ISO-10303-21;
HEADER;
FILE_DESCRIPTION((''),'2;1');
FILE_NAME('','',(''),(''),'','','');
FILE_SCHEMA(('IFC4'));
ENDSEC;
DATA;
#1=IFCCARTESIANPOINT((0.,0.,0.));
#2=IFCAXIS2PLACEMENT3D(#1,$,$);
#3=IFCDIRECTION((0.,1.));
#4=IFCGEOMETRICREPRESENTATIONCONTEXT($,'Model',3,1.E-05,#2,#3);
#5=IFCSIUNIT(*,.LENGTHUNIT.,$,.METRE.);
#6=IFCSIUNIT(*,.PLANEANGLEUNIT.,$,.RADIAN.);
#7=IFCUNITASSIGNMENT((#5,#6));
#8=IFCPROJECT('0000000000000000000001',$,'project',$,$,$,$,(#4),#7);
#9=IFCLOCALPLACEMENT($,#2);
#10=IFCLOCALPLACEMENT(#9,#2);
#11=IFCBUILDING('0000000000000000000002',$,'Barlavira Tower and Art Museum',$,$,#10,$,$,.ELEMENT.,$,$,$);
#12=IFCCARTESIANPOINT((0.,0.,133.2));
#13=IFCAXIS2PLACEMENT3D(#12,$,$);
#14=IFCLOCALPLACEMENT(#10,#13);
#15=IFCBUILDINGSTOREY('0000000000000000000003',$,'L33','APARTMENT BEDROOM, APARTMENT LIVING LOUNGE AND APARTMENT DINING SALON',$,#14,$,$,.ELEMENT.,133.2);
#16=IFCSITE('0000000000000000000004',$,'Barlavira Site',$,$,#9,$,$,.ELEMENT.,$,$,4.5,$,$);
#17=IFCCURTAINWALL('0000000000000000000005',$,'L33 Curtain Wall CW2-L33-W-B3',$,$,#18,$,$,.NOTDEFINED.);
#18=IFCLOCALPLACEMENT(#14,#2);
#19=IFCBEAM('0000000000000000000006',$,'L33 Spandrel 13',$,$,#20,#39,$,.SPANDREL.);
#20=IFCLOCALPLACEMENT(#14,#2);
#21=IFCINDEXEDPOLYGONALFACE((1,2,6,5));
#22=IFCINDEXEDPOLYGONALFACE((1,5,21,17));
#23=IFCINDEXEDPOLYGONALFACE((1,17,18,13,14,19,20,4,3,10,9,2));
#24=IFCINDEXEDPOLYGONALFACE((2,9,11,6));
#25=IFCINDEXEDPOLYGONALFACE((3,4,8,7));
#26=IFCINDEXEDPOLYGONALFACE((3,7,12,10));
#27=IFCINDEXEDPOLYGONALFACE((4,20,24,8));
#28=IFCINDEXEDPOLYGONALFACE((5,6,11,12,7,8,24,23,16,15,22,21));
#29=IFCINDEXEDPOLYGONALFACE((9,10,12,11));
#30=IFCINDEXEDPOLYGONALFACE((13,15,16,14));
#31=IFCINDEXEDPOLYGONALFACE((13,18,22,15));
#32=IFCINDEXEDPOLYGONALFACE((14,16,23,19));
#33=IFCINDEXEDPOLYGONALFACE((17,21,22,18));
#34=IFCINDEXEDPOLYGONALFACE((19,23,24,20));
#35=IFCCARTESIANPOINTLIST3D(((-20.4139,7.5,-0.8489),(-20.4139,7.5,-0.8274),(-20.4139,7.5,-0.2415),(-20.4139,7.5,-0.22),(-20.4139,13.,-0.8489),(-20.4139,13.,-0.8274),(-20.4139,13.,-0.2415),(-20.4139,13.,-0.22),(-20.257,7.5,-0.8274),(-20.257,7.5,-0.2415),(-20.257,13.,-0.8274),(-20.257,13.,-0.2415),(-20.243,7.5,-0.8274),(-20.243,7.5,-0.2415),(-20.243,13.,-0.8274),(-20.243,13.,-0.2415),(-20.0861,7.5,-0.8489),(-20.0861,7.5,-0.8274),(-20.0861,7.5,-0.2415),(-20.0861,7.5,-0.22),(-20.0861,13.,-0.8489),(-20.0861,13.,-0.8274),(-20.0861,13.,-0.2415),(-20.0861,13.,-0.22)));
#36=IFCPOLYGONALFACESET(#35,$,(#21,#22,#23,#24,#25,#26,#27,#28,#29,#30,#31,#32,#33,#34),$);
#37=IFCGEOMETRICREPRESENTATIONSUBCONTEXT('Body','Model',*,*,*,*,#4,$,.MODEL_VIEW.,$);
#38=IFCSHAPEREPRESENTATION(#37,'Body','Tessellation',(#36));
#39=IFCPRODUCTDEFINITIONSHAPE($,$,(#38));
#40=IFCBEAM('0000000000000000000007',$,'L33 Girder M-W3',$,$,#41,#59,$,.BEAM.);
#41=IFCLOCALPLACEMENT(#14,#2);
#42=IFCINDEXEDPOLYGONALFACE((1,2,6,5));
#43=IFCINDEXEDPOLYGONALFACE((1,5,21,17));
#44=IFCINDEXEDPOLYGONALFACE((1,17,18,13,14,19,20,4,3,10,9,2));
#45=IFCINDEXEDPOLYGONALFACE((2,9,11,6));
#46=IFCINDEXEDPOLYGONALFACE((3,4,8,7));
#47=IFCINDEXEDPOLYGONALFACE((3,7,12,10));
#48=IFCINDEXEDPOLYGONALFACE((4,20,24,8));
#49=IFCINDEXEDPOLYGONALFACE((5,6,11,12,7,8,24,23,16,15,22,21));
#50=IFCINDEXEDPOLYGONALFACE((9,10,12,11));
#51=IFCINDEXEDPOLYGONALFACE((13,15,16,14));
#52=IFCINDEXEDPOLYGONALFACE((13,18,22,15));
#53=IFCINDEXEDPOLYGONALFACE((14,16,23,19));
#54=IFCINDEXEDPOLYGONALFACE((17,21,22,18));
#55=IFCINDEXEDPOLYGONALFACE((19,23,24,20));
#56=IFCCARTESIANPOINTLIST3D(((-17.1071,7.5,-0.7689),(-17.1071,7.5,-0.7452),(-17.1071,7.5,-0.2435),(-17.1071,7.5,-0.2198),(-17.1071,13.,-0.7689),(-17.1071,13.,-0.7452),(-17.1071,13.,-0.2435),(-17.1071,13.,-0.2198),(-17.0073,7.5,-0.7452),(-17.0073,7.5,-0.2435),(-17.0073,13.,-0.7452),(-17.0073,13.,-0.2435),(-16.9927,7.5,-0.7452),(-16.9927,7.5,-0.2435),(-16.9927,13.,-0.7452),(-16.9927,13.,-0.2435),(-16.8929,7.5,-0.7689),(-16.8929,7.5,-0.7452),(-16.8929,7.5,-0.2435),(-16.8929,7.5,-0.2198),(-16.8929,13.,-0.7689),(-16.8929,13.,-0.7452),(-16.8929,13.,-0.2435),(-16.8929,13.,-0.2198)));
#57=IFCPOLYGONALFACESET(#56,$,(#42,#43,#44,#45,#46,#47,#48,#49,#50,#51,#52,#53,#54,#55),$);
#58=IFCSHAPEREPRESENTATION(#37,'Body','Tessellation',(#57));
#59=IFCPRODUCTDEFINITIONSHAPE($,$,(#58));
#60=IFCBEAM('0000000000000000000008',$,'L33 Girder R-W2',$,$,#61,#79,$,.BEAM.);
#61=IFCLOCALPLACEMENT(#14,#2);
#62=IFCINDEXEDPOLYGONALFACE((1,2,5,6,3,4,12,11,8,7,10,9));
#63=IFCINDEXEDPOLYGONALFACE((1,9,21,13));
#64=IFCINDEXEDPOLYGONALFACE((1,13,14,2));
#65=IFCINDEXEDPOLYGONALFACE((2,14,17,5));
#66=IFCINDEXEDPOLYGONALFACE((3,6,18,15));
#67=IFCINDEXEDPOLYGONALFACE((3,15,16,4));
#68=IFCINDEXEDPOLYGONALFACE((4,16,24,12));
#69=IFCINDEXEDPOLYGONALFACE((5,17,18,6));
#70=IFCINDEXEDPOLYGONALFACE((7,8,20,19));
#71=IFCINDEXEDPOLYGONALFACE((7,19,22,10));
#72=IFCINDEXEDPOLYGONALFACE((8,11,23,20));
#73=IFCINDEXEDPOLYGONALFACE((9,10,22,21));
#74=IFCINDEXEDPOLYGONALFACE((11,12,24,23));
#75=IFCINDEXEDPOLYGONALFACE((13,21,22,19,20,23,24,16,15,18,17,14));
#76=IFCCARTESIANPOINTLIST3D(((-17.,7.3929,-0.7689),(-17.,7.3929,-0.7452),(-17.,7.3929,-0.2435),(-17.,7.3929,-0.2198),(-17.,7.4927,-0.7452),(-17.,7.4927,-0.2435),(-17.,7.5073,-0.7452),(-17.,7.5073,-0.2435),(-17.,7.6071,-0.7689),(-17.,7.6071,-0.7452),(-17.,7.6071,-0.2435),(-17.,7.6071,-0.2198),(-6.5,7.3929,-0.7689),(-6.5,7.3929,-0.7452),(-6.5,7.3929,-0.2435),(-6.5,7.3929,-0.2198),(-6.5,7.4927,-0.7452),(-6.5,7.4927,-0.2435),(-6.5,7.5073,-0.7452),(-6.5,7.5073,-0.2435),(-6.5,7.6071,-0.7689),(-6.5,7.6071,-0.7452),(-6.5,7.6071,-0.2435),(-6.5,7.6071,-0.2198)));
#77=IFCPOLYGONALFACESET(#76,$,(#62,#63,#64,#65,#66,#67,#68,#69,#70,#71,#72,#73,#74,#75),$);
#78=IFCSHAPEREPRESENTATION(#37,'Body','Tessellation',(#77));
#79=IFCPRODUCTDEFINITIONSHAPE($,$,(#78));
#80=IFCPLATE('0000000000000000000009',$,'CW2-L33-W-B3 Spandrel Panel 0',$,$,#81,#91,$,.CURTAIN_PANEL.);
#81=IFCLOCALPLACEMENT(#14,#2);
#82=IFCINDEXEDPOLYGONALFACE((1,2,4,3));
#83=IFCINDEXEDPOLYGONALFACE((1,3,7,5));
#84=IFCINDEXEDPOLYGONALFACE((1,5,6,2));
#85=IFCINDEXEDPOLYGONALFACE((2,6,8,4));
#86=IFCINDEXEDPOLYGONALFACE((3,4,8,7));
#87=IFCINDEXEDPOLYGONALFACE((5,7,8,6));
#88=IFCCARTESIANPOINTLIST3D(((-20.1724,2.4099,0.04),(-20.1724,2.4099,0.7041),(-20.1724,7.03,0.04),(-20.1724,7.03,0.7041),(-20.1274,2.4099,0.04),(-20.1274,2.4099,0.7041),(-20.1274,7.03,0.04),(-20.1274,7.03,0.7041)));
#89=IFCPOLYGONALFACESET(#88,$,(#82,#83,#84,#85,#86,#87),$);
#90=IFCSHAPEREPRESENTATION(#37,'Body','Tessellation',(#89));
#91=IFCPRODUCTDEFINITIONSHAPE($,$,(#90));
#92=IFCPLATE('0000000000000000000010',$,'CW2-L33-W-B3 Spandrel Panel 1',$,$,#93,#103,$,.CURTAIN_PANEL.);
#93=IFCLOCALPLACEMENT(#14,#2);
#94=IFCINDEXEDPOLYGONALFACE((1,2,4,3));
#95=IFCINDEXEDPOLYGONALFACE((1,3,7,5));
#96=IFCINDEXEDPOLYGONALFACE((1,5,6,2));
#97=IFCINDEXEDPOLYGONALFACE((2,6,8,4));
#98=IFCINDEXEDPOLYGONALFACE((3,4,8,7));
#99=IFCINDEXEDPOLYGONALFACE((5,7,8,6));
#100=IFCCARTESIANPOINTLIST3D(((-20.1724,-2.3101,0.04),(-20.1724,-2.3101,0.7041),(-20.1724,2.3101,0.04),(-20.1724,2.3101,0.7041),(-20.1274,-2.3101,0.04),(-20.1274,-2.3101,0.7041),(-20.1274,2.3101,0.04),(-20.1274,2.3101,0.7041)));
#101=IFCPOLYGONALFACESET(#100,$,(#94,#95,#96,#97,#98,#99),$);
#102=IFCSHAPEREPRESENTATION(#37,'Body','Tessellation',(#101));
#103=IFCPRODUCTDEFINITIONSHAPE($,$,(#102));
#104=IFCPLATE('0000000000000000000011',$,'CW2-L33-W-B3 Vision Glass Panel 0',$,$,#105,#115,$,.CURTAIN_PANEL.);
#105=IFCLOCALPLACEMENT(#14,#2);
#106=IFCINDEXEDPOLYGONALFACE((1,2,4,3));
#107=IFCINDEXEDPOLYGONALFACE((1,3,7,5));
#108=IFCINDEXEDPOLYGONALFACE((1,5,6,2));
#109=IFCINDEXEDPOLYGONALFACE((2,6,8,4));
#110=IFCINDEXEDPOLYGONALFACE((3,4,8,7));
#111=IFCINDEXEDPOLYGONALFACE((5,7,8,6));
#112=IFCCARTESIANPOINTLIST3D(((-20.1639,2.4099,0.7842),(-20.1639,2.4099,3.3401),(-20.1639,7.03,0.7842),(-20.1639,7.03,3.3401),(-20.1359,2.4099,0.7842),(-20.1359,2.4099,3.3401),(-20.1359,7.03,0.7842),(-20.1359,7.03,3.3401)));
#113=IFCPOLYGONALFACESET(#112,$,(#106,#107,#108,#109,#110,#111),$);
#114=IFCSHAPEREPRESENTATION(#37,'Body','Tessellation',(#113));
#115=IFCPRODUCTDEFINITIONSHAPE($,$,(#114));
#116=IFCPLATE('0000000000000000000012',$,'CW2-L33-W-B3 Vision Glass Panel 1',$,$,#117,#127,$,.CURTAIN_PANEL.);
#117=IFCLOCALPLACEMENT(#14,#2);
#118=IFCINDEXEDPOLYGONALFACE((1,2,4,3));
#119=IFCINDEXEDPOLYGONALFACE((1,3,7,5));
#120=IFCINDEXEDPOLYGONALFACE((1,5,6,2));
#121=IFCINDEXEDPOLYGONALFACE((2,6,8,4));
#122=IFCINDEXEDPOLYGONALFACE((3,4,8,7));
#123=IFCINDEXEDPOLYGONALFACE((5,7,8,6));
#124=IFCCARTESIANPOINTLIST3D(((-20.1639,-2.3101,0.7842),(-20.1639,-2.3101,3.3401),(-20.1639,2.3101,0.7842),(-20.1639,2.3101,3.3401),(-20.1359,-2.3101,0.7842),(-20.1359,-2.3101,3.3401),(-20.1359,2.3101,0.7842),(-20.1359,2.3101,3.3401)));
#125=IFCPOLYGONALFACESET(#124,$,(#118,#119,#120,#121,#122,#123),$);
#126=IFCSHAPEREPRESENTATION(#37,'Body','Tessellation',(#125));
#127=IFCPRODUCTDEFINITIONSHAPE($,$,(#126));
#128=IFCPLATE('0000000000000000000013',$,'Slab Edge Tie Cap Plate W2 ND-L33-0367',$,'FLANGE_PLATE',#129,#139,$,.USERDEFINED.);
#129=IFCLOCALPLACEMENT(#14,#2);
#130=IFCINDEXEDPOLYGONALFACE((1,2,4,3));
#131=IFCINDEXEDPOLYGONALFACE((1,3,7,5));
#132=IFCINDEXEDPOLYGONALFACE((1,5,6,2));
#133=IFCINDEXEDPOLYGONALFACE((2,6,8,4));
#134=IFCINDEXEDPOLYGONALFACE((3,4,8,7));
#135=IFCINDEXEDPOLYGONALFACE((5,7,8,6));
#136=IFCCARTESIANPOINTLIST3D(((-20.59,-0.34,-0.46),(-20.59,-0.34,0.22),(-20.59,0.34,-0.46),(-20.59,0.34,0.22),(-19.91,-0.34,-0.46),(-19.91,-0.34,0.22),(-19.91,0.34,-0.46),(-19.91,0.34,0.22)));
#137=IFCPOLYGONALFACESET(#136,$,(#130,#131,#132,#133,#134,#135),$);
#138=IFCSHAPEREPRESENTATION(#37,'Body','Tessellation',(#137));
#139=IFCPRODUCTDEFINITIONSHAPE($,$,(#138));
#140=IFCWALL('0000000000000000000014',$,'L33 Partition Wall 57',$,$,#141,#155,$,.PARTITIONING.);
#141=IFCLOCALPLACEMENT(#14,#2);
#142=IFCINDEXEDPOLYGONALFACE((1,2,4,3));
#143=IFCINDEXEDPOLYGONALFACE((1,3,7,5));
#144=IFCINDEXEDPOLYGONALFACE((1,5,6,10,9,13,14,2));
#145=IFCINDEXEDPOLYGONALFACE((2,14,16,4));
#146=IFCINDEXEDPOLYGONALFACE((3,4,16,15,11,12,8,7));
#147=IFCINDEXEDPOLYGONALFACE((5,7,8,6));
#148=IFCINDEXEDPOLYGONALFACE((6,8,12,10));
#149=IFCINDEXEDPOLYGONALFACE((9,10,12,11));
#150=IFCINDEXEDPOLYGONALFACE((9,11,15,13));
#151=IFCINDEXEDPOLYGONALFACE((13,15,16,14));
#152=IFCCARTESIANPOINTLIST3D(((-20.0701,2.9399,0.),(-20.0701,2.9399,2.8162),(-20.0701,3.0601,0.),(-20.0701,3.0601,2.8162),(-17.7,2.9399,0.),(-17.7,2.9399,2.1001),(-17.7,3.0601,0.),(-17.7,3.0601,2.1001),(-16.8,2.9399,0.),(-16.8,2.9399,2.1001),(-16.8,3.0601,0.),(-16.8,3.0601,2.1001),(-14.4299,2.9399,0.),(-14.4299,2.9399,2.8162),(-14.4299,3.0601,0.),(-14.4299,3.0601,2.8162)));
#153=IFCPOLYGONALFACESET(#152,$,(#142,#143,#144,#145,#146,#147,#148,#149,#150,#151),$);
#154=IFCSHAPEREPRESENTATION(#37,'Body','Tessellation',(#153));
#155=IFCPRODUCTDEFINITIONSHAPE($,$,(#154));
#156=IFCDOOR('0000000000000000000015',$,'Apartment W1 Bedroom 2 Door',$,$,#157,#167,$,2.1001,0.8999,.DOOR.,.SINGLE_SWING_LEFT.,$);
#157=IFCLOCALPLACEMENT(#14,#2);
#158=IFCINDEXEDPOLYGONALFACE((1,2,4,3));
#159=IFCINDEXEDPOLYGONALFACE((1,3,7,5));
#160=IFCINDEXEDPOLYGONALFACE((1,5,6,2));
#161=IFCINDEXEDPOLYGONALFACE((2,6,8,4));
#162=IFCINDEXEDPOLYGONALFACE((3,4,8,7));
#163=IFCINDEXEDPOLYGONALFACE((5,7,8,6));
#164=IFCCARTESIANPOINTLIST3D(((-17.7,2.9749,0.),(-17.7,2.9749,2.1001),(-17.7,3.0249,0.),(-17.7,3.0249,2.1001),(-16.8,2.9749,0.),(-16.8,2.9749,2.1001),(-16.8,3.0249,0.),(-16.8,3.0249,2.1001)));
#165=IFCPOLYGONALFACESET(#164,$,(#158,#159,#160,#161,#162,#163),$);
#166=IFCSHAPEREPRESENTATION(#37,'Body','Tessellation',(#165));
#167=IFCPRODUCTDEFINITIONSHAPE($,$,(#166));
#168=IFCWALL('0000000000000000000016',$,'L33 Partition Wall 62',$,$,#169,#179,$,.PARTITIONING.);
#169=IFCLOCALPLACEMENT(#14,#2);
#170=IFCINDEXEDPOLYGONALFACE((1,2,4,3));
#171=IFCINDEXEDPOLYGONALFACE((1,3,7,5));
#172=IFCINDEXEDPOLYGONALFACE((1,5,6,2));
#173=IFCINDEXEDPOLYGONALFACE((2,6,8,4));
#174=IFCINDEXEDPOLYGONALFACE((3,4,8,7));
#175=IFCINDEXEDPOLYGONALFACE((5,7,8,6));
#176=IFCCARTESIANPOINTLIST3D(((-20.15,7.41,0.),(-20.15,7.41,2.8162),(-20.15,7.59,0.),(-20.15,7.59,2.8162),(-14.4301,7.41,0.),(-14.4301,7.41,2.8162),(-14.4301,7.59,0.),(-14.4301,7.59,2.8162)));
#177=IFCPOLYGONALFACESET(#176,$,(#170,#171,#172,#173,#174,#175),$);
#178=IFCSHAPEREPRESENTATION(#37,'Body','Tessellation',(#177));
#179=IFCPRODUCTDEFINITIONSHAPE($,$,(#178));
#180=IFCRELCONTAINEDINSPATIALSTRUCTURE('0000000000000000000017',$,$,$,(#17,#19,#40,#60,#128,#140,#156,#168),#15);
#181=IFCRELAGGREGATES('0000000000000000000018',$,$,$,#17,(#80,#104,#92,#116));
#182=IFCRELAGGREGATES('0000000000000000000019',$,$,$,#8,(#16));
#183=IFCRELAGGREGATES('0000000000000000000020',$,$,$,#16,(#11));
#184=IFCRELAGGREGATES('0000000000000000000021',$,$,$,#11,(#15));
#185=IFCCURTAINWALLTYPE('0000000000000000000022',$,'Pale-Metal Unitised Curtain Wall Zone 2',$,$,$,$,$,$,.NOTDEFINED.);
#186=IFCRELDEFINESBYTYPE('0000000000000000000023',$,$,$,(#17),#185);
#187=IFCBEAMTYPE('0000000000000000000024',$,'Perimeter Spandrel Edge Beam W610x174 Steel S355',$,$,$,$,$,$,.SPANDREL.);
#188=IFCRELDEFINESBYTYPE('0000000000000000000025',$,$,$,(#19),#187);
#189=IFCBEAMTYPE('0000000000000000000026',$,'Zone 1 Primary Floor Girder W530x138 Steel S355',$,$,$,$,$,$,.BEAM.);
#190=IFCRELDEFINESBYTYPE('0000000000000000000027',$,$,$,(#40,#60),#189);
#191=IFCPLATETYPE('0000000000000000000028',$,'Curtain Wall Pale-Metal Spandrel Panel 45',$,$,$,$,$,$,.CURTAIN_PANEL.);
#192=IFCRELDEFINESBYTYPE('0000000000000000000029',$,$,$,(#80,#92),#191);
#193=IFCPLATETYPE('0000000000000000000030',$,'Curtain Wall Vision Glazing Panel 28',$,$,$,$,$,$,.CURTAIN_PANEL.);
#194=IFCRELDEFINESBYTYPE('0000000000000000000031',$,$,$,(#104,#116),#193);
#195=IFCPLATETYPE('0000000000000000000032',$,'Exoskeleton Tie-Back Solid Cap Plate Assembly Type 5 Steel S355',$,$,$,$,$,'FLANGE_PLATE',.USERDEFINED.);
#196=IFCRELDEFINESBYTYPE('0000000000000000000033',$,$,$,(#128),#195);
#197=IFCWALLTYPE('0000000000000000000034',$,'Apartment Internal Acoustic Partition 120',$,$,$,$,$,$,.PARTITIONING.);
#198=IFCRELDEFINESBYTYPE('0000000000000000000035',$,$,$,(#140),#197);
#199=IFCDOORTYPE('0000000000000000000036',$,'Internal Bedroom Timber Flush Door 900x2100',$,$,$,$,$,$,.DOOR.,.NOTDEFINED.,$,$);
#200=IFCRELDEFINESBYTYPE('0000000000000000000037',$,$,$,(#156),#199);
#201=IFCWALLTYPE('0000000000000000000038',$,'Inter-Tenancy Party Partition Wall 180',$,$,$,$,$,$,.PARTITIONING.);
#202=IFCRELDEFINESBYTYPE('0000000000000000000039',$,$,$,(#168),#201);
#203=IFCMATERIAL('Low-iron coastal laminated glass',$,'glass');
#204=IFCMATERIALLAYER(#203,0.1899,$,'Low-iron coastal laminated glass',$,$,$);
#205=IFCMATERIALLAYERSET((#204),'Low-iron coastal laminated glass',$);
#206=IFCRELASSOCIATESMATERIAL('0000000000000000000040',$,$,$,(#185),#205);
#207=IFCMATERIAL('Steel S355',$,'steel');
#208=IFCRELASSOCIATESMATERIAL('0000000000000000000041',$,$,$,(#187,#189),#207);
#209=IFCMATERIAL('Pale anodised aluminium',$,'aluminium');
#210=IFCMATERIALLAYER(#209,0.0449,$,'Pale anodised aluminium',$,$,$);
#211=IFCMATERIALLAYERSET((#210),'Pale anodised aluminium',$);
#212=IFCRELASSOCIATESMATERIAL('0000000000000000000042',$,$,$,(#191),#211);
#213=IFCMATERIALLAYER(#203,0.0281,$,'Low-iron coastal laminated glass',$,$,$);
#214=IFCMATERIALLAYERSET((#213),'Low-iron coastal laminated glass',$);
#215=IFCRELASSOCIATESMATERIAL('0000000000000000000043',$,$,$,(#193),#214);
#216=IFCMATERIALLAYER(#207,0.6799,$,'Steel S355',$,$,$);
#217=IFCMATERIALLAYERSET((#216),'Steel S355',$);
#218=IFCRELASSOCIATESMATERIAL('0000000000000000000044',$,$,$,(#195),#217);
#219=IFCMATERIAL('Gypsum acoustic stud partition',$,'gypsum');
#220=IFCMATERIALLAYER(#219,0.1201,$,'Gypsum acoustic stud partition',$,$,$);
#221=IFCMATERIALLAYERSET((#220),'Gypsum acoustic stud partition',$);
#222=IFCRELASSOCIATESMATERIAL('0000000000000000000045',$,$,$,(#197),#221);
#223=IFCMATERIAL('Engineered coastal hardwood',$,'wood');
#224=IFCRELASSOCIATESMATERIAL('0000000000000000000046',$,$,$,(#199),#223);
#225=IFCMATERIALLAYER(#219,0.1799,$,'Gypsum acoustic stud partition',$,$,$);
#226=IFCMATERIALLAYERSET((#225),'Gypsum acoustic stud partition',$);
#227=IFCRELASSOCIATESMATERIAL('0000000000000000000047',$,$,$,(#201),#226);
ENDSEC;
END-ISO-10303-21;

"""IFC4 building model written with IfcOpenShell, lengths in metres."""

from ifc_helpers import new_model, si_unit, direction, frame, frame_2d, origin, origin_2d, place, context, subcontext, project, spatial, rectangle, i_section, extrude, material, layer, layer_set, material_profile, profile_set, type_object, element, fill, aggregate, save


model = new_model("IFC4")

# Units and contexts
model_context = context("Model", 3, precision=1e-05, world=origin(), true_north=direction((0.0, 1.0)))
body_context = subcontext(model_context, "Body", "Model", "MODEL_VIEW")
ifc_project = project(units=[si_unit("LENGTHUNIT", "METRE"), si_unit("PLANEANGLEUNIT", "RADIAN")], contexts=[model_context])

# Site, building, storey
site_placement = place(None, origin())
site = spatial("IfcSite", under=ifc_project, at=site_placement, Name="Barlavira Site", CompositionType="ELEMENT", RefElevation=4.5)
building_placement = place(site_placement, origin())
building = spatial("IfcBuilding", under=site, at=building_placement, Name="Barlavira Tower and Art Museum", CompositionType="ELEMENT")
storey_placement = place(building_placement, frame((0.0, 0.0, 133.2)))
storey = spatial("IfcBuildingStorey", under=building, at=storey_placement, Name="L33", Description="APARTMENT BEDROOM, APARTMENT LIVING LOUNGE AND APARTMENT DINING SALON", CompositionType="ELEMENT", Elevation=133.2)

# Curtain wall
ifc_material_1 = material(Name="Low-iron coastal laminated glass", Category="glass")
ifc_layer_1 = layer(ifc_material_1, 0.1899, Name="Low-iron coastal laminated glass")
ifc_layer_set_1 = layer_set([ifc_layer_1], Name="Low-iron coastal laminated glass")
curtain_wall_type = type_object("IfcCurtainWallType", Name="Pale-Metal Unitised Curtain Wall Zone 2", PredefinedType="NOTDEFINED", material=ifc_layer_set_1)
curtain_wall_placement = place(storey_placement, origin())
curtain_wall = element("IfcCurtainWall", 1, at=curtain_wall_placement, inside=storey, type_object=curtain_wall_type, Name="L33 Curtain Wall CW2-L33-W-B3", PredefinedType="NOTDEFINED")
ifc_material_2 = material(Name="Pale anodised aluminium", Category="aluminium")

# Shared definitions
ifc_material_3 = material(Name="Steel S355", Category="steel")

# Beams
ifc_material_profile_1 = material_profile(ifc_material_3, i_section(OverallWidth=0.3279, OverallDepth=0.6289, WebThickness=0.0139, FlangeThickness=0.0215, at=origin_2d()), Name="W610x174.0")
ifc_profile_set_1 = profile_set([ifc_material_profile_1], Name="Steel S355")
beam_type_1 = type_object("IfcBeamType", Name="Perimeter Spandrel Edge Beam W610x174 Steel S355", PredefinedType="SPANDREL", material=ifc_profile_set_1)
beam_1_placement = place(storey_placement, frame((-20.25, 7.5, -0.5344), z_axis=(0.0, 1.0, 0.0), x_axis=(-1.0, 0.0, 0.0)))
element("IfcBeam", 2, at=beam_1_placement, inside=storey, type_object=beam_type_1, Name="L33 Spandrel 13", PredefinedType="SPANDREL", context=body_context, shape_type="SweptSolid", body=[
    extrude(i_section(OverallWidth=0.3279, OverallDepth=0.6289, WebThickness=0.0139, FlangeThickness=0.0215, at=origin_2d()), origin(), (0.0, 0.0, 1.0), 5.5),
])
ifc_material_profile_2 = material_profile(ifc_material_3, i_section(OverallWidth=0.2141, OverallDepth=0.5491, WebThickness=0.0146, FlangeThickness=0.0237, at=origin_2d()), Name="W530x138.0")
ifc_profile_set_2 = profile_set([ifc_material_profile_2], Name="Steel S355")
beam_type_2 = type_object("IfcBeamType", Name="Zone 1 Primary Floor Girder W530x138 Steel S355", PredefinedType="BEAM", material=ifc_profile_set_2)
beam_2_placement = place(storey_placement, frame((-17.0, 7.5, -0.4944), z_axis=(0.0, 1.0, 0.0), x_axis=(-1.0, 0.0, 0.0)))
element("IfcBeam", 3, at=beam_2_placement, inside=storey, type_object=beam_type_2, Name="L33 Girder M-W3", PredefinedType="BEAM", context=body_context, shape_type="SweptSolid", body=[
    extrude(i_section(OverallWidth=0.2141, OverallDepth=0.5491, WebThickness=0.0146, FlangeThickness=0.0237, at=origin_2d()), origin(), (0.0, 0.0, 1.0), 5.5),
])
beam_3_placement = place(storey_placement, frame((-17.0, 7.5, -0.4944), z_axis=(1.0, 0.0, 0.0), x_axis=(0.0, 1.0, 0.0)))
element("IfcBeam", 4, at=beam_3_placement, inside=storey, type_object=beam_type_2, Name="L33 Girder R-W2", PredefinedType="BEAM", context=body_context, shape_type="SweptSolid", body=[
    extrude(i_section(OverallWidth=0.2141, OverallDepth=0.5491, WebThickness=0.0146, FlangeThickness=0.0237, at=origin_2d()), origin(), (0.0, 0.0, 1.0), 10.5),
])

# Plates
ifc_layer_2 = layer(ifc_material_2, 0.0449, Name="Pale anodised aluminium")
ifc_layer_set_2 = layer_set([ifc_layer_2], Name="Pale anodised aluminium")
plate_type_1 = type_object("IfcPlateType", Name="Curtain Wall Pale-Metal Spandrel Panel 45", PredefinedType="CURTAIN_PANEL", material=ifc_layer_set_2)
plate_1_placement = place(storey_placement, frame((-20.1499, 4.72, 0.04), z_axis=(0.0, 0.0, 1.0), x_axis=(0.0, -1.0, 0.0)))
plate_1 = element("IfcPlate", 5, at=plate_1_placement, type_object=plate_type_1, Name="CW2-L33-W-B3 Spandrel Panel 0", PredefinedType="CURTAIN_PANEL", context=body_context, shape_type="SweptSolid", body=[
    extrude(rectangle(XDim=4.6201, YDim=0.0449, at=origin_2d()), origin(), (0.0, 0.0, 1.0), 0.6641),
])
plate_2_placement = place(storey_placement, frame((-20.1499, 0.0, 0.04), z_axis=(0.0, 0.0, 1.0), x_axis=(0.0, -1.0, 0.0)))
plate_2 = element("IfcPlate", 6, at=plate_2_placement, type_object=plate_type_1, Name="CW2-L33-W-B3 Spandrel Panel 1", PredefinedType="CURTAIN_PANEL", context=body_context, shape_type="SweptSolid", body=[
    extrude(rectangle(XDim=4.6201, YDim=0.0449, at=origin_2d()), origin(), (0.0, 0.0, 1.0), 0.6641),
])
ifc_layer_3 = layer(ifc_material_1, 0.0281, Name="Low-iron coastal laminated glass")
ifc_layer_set_3 = layer_set([ifc_layer_3], Name="Low-iron coastal laminated glass")
plate_type_2 = type_object("IfcPlateType", Name="Curtain Wall Vision Glazing Panel 28", PredefinedType="CURTAIN_PANEL", material=ifc_layer_set_3)
plate_3_placement = place(storey_placement, frame((-20.1499, 4.72, 0.7842), z_axis=(0.0, 0.0, 1.0), x_axis=(0.0, -1.0, 0.0)))
plate_3 = element("IfcPlate", 7, at=plate_3_placement, type_object=plate_type_2, Name="CW2-L33-W-B3 Vision Glass Panel 0", PredefinedType="CURTAIN_PANEL", context=body_context, shape_type="SweptSolid", body=[
    extrude(rectangle(XDim=4.6201, YDim=0.0281, at=origin_2d()), origin(), (0.0, 0.0, 1.0), 2.5559),
])
plate_4_placement = place(storey_placement, frame((-20.1499, 0.0, 0.7842), z_axis=(0.0, 0.0, 1.0), x_axis=(0.0, -1.0, 0.0)))
plate_4 = element("IfcPlate", 8, at=plate_4_placement, type_object=plate_type_2, Name="CW2-L33-W-B3 Vision Glass Panel 1", PredefinedType="CURTAIN_PANEL", context=body_context, shape_type="SweptSolid", body=[
    extrude(rectangle(XDim=4.6201, YDim=0.0281, at=origin_2d()), origin(), (0.0, 0.0, 1.0), 2.5559),
])
aggregate(curtain_wall, [plate_1, plate_3, plate_2, plate_4])
ifc_layer_4 = layer(ifc_material_3, 0.6799, Name="Steel S355")
ifc_layer_set_4 = layer_set([ifc_layer_4], Name="Steel S355")
plate_type_3 = type_object("IfcPlateType", Name="Exoskeleton Tie-Back Solid Cap Plate Assembly Type 5 Steel S355", ElementType="FLANGE_PLATE", PredefinedType="USERDEFINED", material=ifc_layer_set_4)
plate_5_placement = place(storey_placement, frame((-20.25, 0.0, -0.46), z_axis=(0.0, 0.0, 1.0), x_axis=(1.0, 0.0, 0.0)))
element("IfcPlate", 9, at=plate_5_placement, inside=storey, type_object=plate_type_3, Name="Slab Edge Tie Cap Plate W2 ND-L33-0367", ObjectType="FLANGE_PLATE", PredefinedType="USERDEFINED", context=body_context, shape_type="SweptSolid", body=[
    extrude(rectangle(XDim=0.6799, YDim=0.6799, at=origin_2d()), origin(), (0.0, 0.0, 1.0), 0.6799),
])

# Wall, opening, door
ifc_material_4 = material(Name="Gypsum acoustic stud partition", Category="gypsum")
ifc_layer_5 = layer(ifc_material_4, 0.1201, Name="Gypsum acoustic stud partition")
ifc_layer_set_5 = layer_set([ifc_layer_5], Name="Gypsum acoustic stud partition")
wall_type_1 = type_object("IfcWallType", Name="Apartment Internal Acoustic Partition 120", PredefinedType="PARTITIONING", material=ifc_layer_set_5)
wall_1_placement = place(storey_placement, frame((-20.0701, 3.0, 0.0), z_axis=(0.0, 0.0, 1.0), x_axis=(1.0, 0.0, 0.0)))
wall_1 = element("IfcWall", 10, at=wall_1_placement, inside=storey, type_object=wall_type_1, Name="L33 Partition Wall 57", PredefinedType="PARTITIONING", context=body_context, shape_type="SweptSolid", body=[
    extrude(rectangle(XDim=5.6401, YDim=0.1201, at=frame_2d((2.8201, 0.0))), origin(), (0.0, 0.0, 1.0), 2.8162),
])
opening_placement = place(wall_1_placement, frame((2.3701, 0.0, 0.0)))
opening = element("IfcOpeningElement", 11, at=opening_placement, cuts=wall_1, PredefinedType="OPENING", context=body_context, shape_type="SweptSolid", body=[
    extrude(rectangle(XDim=0.8999, YDim=2.1001, at=frame_2d((0.45, 1.05))), frame((0.0, 0.0701, 0.0), z_axis=(0.0, -1.0, 0.0), x_axis=(1.0, 0.0, 0.0)), (0.0, 0.0, 1.0), 0.1401),
])
ifc_material_5 = material(Name="Engineered coastal hardwood", Category="wood")
door_type = type_object("IfcDoorType", Name="Internal Bedroom Timber Flush Door 900x2100", OperationType="NOTDEFINED", PredefinedType="DOOR", material=ifc_material_5)
door_placement = place(opening_placement, origin())
door = element("IfcDoor", 12, at=door_placement, inside=storey, type_object=door_type, Name="Apartment W1 Bedroom 2 Door", OperationType="SINGLE_SWING_LEFT", OverallHeight=2.1001, OverallWidth=0.8999, PredefinedType="DOOR", context=body_context, shape_type="SweptSolid", body=[
    extrude(rectangle(XDim=0.8999, YDim=2.1001, at=frame_2d((0.45, 1.05))), frame((0.0, 0.0249, 0.0), z_axis=(0.0, -1.0, 0.0), x_axis=(1.0, 0.0, 0.0)), (0.0, 0.0, 1.0), 0.05),
])
fill(opening, door)

# Wall
ifc_layer_6 = layer(ifc_material_4, 0.1799, Name="Gypsum acoustic stud partition")
ifc_layer_set_6 = layer_set([ifc_layer_6], Name="Gypsum acoustic stud partition")
wall_type_2 = type_object("IfcWallType", Name="Inter-Tenancy Party Partition Wall 180", PredefinedType="PARTITIONING", material=ifc_layer_set_6)
wall_2_placement = place(storey_placement, frame((-20.1499, 7.5, 0.0), z_axis=(0.0, 0.0, 1.0), x_axis=(1.0, 0.0, 0.0)))
element("IfcWall", 13, at=wall_2_placement, inside=storey, type_object=wall_type_2, Name="L33 Partition Wall 62", PredefinedType="PARTITIONING", context=body_context, shape_type="SweptSolid", body=[
    extrude(rectangle(XDim=5.72, YDim=0.1799, at=frame_2d((2.8599, 0.0))), origin(), (0.0, 0.0, 1.0), 2.8162),
])

save(model, "model.ifc")
